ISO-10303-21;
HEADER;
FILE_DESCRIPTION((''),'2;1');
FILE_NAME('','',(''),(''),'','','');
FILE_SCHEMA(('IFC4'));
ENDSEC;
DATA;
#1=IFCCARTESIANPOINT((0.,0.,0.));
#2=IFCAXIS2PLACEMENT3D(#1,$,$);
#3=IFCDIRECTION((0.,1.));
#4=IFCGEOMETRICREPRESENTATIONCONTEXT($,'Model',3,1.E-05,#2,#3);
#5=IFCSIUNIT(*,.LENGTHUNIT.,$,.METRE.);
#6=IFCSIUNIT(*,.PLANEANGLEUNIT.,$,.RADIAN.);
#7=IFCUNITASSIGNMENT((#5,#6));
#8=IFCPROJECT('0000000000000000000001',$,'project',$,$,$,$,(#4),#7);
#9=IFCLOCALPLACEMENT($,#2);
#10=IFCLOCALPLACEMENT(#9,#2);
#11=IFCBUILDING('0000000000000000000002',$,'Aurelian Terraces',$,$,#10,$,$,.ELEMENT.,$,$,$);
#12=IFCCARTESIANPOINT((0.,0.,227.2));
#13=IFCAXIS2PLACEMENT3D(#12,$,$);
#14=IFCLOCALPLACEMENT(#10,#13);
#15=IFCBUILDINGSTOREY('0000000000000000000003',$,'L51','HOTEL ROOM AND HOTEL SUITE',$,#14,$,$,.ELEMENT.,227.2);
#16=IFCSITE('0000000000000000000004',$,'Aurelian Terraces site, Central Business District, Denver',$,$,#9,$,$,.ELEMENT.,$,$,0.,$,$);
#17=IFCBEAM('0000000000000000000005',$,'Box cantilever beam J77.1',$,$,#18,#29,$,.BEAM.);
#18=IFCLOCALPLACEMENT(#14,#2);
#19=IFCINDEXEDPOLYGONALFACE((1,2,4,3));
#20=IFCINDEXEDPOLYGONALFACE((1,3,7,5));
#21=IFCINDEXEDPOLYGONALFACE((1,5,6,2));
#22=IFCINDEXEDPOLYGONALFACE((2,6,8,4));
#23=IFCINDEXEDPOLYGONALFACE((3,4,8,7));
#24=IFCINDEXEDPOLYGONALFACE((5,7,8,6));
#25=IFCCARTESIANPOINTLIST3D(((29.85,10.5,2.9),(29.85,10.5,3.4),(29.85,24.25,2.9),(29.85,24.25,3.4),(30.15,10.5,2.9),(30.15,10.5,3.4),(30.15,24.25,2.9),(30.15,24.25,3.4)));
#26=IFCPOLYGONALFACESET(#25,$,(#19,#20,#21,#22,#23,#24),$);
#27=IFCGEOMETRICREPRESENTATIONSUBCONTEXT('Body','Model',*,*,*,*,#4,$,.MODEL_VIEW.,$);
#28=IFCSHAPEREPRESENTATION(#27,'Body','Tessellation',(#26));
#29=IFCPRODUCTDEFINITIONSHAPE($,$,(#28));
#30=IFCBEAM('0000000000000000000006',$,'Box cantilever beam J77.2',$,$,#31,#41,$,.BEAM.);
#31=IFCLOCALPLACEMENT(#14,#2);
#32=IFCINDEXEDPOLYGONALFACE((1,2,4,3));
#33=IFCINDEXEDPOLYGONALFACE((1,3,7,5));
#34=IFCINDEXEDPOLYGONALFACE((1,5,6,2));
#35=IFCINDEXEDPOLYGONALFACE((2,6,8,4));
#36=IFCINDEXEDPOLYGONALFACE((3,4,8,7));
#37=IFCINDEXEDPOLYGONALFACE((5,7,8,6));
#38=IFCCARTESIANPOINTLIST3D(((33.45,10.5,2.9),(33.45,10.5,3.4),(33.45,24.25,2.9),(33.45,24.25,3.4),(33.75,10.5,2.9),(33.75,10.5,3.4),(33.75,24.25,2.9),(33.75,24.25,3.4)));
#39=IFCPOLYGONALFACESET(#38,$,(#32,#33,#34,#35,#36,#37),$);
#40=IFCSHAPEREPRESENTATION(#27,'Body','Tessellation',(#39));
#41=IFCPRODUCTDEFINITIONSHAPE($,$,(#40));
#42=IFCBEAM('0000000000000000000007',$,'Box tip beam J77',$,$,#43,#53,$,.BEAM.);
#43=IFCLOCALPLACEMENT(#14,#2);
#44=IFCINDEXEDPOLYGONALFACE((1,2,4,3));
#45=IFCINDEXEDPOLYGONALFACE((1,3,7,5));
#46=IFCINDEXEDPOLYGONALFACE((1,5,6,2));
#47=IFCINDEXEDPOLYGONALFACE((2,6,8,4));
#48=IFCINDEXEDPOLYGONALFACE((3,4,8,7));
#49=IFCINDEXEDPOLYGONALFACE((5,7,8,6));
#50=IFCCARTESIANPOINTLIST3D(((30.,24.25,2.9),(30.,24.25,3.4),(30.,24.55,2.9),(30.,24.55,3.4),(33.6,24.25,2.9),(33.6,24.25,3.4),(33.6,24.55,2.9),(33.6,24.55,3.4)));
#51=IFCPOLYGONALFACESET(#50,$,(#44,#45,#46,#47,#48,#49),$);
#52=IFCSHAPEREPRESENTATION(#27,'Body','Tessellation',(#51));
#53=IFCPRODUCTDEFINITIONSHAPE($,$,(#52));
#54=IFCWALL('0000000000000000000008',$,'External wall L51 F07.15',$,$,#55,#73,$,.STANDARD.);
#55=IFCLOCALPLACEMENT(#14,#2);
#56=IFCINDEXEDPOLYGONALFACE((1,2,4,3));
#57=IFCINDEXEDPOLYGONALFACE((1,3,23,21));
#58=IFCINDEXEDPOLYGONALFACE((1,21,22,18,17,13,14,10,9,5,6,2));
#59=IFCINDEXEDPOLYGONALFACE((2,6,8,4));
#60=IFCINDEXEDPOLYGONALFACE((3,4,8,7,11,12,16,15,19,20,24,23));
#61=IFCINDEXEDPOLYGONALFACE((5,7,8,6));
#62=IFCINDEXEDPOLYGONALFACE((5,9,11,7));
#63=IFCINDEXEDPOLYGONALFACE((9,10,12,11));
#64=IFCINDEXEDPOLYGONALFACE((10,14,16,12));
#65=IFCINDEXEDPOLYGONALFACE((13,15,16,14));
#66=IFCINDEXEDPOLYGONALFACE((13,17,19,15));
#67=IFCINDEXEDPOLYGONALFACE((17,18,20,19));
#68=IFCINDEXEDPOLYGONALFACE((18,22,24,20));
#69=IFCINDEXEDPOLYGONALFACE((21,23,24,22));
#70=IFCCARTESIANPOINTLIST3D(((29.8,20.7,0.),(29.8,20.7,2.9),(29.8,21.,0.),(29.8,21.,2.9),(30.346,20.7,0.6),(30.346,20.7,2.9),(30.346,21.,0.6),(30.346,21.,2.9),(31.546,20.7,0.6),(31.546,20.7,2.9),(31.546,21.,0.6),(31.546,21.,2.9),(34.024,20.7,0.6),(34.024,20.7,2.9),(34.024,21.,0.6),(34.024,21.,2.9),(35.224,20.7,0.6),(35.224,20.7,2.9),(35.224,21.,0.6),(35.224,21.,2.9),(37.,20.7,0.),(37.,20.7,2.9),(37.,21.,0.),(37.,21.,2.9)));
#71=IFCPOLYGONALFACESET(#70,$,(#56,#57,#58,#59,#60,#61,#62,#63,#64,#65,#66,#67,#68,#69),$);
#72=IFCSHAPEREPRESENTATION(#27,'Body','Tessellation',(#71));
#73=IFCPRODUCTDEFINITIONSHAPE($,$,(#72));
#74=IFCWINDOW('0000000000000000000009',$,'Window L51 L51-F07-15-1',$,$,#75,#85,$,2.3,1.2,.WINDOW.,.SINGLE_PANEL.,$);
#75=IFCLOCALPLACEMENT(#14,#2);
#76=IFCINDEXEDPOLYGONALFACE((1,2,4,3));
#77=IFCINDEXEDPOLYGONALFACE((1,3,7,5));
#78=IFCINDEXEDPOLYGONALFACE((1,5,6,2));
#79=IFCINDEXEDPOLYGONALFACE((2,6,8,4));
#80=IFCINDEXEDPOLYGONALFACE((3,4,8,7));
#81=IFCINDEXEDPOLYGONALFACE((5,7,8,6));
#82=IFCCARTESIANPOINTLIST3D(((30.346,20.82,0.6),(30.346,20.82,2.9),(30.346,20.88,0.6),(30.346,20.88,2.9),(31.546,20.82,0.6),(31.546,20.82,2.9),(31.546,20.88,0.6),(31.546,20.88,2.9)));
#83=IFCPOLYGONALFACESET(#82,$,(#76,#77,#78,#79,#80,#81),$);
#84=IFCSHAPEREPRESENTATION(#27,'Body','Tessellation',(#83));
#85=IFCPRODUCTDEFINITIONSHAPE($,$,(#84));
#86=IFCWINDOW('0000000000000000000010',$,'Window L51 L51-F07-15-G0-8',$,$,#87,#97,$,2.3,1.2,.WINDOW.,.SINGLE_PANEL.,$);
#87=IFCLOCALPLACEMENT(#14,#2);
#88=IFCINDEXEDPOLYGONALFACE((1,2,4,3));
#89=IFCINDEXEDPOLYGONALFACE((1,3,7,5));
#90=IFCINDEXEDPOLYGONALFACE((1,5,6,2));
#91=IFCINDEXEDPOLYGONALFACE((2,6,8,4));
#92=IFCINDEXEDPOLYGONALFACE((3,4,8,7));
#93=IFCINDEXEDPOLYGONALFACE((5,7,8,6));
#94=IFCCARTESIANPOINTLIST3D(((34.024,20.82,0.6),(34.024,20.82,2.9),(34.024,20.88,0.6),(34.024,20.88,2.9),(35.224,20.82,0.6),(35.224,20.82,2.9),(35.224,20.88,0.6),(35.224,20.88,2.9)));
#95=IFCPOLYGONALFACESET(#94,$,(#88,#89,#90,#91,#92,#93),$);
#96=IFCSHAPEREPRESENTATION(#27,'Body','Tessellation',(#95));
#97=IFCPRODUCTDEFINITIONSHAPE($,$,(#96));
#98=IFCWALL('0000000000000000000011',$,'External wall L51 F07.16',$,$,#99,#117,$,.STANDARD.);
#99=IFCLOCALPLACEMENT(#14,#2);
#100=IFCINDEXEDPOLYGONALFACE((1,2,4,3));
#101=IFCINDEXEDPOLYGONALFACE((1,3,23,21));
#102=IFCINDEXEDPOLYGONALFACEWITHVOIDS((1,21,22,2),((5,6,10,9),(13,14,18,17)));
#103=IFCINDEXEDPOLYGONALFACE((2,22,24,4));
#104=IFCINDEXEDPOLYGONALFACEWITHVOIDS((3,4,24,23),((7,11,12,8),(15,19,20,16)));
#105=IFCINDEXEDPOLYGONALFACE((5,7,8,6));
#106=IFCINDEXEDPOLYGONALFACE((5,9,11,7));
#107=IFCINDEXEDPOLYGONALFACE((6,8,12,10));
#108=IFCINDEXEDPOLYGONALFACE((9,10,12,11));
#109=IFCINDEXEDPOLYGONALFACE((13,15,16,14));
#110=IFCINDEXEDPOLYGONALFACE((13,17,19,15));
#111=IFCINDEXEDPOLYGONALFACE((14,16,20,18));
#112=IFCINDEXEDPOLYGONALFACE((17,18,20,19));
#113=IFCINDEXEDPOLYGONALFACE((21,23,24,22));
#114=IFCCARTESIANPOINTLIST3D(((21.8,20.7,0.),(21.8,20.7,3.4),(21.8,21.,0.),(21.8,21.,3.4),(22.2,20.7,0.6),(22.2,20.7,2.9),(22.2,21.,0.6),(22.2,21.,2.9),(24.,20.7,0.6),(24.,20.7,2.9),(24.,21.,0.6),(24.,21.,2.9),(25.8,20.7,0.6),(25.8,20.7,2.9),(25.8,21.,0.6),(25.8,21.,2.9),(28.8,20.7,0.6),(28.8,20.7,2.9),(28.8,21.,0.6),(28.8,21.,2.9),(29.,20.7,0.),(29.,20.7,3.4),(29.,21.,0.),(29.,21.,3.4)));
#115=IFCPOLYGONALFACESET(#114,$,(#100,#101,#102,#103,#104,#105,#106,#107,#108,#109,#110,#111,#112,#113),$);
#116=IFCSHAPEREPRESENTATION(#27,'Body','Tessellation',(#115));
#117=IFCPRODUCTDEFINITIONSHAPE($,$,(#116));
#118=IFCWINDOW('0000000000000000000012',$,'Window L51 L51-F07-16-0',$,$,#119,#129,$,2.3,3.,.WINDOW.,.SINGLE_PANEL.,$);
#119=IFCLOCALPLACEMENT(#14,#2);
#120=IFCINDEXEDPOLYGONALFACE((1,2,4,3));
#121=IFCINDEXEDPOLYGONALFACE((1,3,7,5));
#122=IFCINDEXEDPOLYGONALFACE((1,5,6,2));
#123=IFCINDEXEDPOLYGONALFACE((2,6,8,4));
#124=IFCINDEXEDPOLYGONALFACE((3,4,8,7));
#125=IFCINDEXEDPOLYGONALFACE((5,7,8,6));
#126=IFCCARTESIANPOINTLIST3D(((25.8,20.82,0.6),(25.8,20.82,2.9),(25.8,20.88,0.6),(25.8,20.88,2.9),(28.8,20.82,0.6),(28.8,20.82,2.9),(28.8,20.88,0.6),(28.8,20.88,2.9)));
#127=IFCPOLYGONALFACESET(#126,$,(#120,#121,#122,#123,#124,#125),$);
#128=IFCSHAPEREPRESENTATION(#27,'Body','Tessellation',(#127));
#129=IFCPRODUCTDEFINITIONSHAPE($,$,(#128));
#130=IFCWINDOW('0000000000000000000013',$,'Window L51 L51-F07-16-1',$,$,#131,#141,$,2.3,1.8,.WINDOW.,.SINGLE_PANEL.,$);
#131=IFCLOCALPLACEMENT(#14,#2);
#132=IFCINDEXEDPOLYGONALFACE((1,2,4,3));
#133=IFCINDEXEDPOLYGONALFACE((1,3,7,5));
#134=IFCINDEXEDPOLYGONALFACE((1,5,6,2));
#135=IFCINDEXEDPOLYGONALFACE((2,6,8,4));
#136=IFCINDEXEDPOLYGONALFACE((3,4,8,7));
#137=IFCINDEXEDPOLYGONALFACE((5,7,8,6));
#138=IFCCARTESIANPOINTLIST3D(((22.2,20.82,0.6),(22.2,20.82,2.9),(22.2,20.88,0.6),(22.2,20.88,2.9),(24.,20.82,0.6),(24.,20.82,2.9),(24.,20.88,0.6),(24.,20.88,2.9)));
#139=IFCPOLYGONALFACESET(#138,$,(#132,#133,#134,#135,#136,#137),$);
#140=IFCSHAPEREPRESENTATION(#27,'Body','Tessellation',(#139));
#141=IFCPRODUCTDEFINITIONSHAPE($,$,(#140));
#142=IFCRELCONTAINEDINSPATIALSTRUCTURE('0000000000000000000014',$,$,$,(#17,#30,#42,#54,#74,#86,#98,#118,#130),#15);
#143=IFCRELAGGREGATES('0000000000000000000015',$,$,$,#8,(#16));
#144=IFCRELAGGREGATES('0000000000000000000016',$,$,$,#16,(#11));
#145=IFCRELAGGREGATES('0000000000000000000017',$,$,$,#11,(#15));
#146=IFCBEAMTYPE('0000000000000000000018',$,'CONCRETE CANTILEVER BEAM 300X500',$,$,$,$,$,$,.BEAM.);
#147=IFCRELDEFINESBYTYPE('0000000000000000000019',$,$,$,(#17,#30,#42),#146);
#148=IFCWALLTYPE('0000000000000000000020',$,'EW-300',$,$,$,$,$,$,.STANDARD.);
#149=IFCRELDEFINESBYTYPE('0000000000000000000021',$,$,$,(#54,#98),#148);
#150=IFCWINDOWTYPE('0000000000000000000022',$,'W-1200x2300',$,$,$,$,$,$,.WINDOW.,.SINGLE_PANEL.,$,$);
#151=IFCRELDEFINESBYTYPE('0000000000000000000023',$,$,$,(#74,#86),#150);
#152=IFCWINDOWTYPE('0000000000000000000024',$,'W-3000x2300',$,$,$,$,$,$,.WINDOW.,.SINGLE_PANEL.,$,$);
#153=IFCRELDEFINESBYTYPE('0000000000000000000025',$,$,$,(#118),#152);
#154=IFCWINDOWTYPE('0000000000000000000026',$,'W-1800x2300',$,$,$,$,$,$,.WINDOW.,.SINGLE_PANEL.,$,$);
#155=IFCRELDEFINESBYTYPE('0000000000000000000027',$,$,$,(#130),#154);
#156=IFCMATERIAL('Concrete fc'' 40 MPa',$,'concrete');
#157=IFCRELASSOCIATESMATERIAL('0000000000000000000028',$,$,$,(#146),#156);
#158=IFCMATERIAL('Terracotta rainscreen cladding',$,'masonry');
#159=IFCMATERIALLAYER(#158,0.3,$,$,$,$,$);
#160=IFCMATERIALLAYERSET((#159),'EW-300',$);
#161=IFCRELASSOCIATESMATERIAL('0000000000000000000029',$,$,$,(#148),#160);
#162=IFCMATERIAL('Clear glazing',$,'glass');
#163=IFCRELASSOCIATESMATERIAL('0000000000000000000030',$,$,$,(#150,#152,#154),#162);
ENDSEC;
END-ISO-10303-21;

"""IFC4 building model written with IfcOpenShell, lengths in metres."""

from ifc_helpers import new_model, si_unit, direction, frame, frame_2d, origin, origin_2d, place, context, subcontext, project, spatial, rectangle, extrude, source, transform, mapped, material, layer, layer_set, material_profile, profile_set, type_object, element, fill, save


model = new_model("IFC4")

# Units and contexts
model_context = context("Model", 3, precision=1e-05, world=origin(), true_north=direction((0.0, 1.0)))
body_context = subcontext(model_context, "Body", "Model", "MODEL_VIEW")
ifc_project = project(units=[si_unit("LENGTHUNIT", "METRE"), si_unit("PLANEANGLEUNIT", "RADIAN")], contexts=[model_context])

# Site, building, storey
site_placement = place(None, origin())
site = spatial("IfcSite", under=ifc_project, at=site_placement, Name="Aurelian Terraces site, Central Business District, Denver", CompositionType="ELEMENT", RefElevation=0.0)
building_placement = place(site_placement, origin())
building = spatial("IfcBuilding", under=site, at=building_placement, Name="Aurelian Terraces", CompositionType="ELEMENT")
storey_placement = place(building_placement, frame((0.0, 0.0, 227.2)))
storey = spatial("IfcBuildingStorey", under=building, at=storey_placement, Name="L51", Description="HOTEL ROOM AND HOTEL SUITE", CompositionType="ELEMENT", Elevation=227.2)

# Beams
ifc_material_1 = material(Name="Concrete fc' 40 MPa", Category="concrete")
ifc_material_profile = material_profile(ifc_material_1, rectangle(XDim=0.3, YDim=0.5, at=origin_2d()))
ifc_profile_set = profile_set([ifc_material_profile], Name="Concrete fc' 40 MPa")
beam_type = type_object("IfcBeamType", Name="CONCRETE CANTILEVER BEAM 300X500", PredefinedType="BEAM", material=ifc_profile_set)
shared_shape_1 = source(origin(), body_context, "Body", "SweptSolid", [
    extrude(rectangle(XDim=0.3, YDim=0.5, at=origin_2d()), origin(), (0.0, 0.0, 1.0), 13.75),
])
for number, where, z_axis, x_axis, name in (
    (1, (30.0, 24.25, 3.15), (0.0, -1.0, 0.0), (1.0, 0.0, 0.0), "Box cantilever beam J77.1"),
    (2, (33.6, 24.25, 3.15), (0.0, -1.0, 0.0), (1.0, 0.0, 0.0), "Box cantilever beam J77.2"),
):
    element("IfcBeam", number, at=place(storey_placement, frame(where, z_axis=z_axis, x_axis=x_axis)), inside=storey, type_object=beam_type, Name=name, PredefinedType="BEAM", context=body_context, shape_type="MappedRepresentation", body=[
        mapped(shared_shape_1, transform((0.0, 0.0, 0.0), scale=1.0)),
    ])
shared_shape_2 = source(origin(), body_context, "Body", "SweptSolid", [
    extrude(rectangle(XDim=0.3, YDim=0.5, at=origin_2d()), origin(), (0.0, 0.0, 1.0), 3.6),
])
beam_placement = place(storey_placement, frame((30.0, 24.4, 3.15), z_axis=(1.0, 0.0, 0.0), x_axis=(0.0, 1.0, 0.0)))
element("IfcBeam", 3, at=beam_placement, inside=storey, type_object=beam_type, Name="Box tip beam J77", PredefinedType="BEAM", context=body_context, shape_type="MappedRepresentation", body=[
    mapped(shared_shape_2, transform((0.0, 0.0, 0.0), scale=1.0)),
])

# Walls, openings, windows
ifc_material_2 = material(Name="Terracotta rainscreen cladding", Category="masonry")
ifc_layer_1 = layer(ifc_material_2, 0.3)
ifc_layer_set_1 = layer_set([ifc_layer_1], Name="EW-300")
wall_type_1 = type_object("IfcWallType", Name="EW-300", PredefinedType="STANDARD", material=ifc_layer_set_1)
wall_1_placement = place(storey_placement, frame((37.0, 20.85, 0.0), z_axis=(0.0, 0.0, 1.0), x_axis=(-1.0, 0.0, 0.0)))
wall_1 = element("IfcWall", 4, at=wall_1_placement, inside=storey, type_object=wall_type_1, Name="External wall L51 F07.15", PredefinedType="STANDARD", context=body_context, shape_type="SweptSolid", body=[
    extrude(rectangle(XDim=7.2, YDim=0.3, at=frame_2d((3.6, 0.0))), origin(), (0.0, 0.0, 1.0), 2.9),
])
shared_shape_3 = source(origin(), body_context, "Body", "SweptSolid", [
    extrude(rectangle(XDim=1.2, YDim=2.3, at=frame_2d((0.6, 1.15))), frame((0.0, 0.16, 0.0), z_axis=(0.0, -1.0, 0.0), x_axis=(1.0, 0.0, 0.0)), (0.0, 0.0, 1.0), 0.32),
])
opening_1_placement = place(wall_1_placement, frame((5.454, 0.0, 0.6)))
opening_1 = element("IfcOpeningElement", 5, at=opening_1_placement, cuts=wall_1, PredefinedType="OPENING", context=body_context, shape_type="MappedRepresentation", body=[
    mapped(shared_shape_3, transform((0.0, 0.0, 0.0), scale=1.0)),
])
opening_2_placement = place(wall_1_placement, frame((1.776, 0.0, 0.6)))
opening_2 = element("IfcOpeningElement", 6, at=opening_2_placement, cuts=wall_1, PredefinedType="OPENING", context=body_context, shape_type="MappedRepresentation", body=[
    mapped(shared_shape_3, transform((0.0, 0.0, 0.0), scale=1.0)),
])
ifc_material_3 = material(Name="Clear glazing", Category="glass")
window_type_1 = type_object("IfcWindowType", Name="W-1200x2300", PartitioningType="SINGLE_PANEL", PredefinedType="WINDOW", material=ifc_material_3)
shared_shape_4 = source(origin(), body_context, "Body", "SweptSolid", [
    extrude(rectangle(XDim=1.2, YDim=2.3, at=frame_2d((0.6, 1.15))), frame((0.0, 0.03, 0.0), z_axis=(0.0, -1.0, 0.0), x_axis=(1.0, 0.0, 0.0)), (0.0, 0.0, 1.0), 0.06),
])
window_1_placement = place(opening_1_placement, origin())
window_1 = element("IfcWindow", 7, at=window_1_placement, inside=storey, type_object=window_type_1, Name="Window L51 L51-F07-15-1", OverallHeight=2.3, OverallWidth=1.2, PartitioningType="SINGLE_PANEL", PredefinedType="WINDOW", context=body_context, shape_type="MappedRepresentation", body=[
    mapped(shared_shape_4, transform((0.0, 0.0, 0.0), scale=1.0)),
])
fill(opening_1, window_1)
window_2_placement = place(opening_2_placement, origin())
window_2 = element("IfcWindow", 8, at=window_2_placement, inside=storey, type_object=window_type_1, Name="Window L51 L51-F07-15-G0-8", OverallHeight=2.3, OverallWidth=1.2, PartitioningType="SINGLE_PANEL", PredefinedType="WINDOW", context=body_context, shape_type="MappedRepresentation", body=[
    mapped(shared_shape_4, transform((0.0, 0.0, 0.0), scale=1.0)),
])
fill(opening_2, window_2)
wall_2_placement = place(storey_placement, frame((29.0, 20.85, 0.0), z_axis=(0.0, 0.0, 1.0), x_axis=(-1.0, 0.0, 0.0)))
wall_2 = element("IfcWall", 9, at=wall_2_placement, inside=storey, type_object=wall_type_1, Name="External wall L51 F07.16", PredefinedType="STANDARD", context=body_context, shape_type="SweptSolid", body=[
    extrude(rectangle(XDim=7.2, YDim=0.3, at=frame_2d((3.6, 0.0))), origin(), (0.0, 0.0, 1.0), 3.4),
])
shared_shape_5 = source(origin(), body_context, "Body", "SweptSolid", [
    extrude(rectangle(XDim=3.0, YDim=2.3, at=frame_2d((1.5, 1.15))), frame((0.0, 0.16, 0.0), z_axis=(0.0, -1.0, 0.0), x_axis=(1.0, 0.0, 0.0)), (0.0, 0.0, 1.0), 0.32),
])
opening_3_placement = place(wall_2_placement, frame((0.2, 0.0, 0.6)))
opening_3 = element("IfcOpeningElement", 10, at=opening_3_placement, cuts=wall_2, PredefinedType="OPENING", context=body_context, shape_type="MappedRepresentation", body=[
    mapped(shared_shape_5, transform((0.0, 0.0, 0.0), scale=1.0)),
])
shared_shape_6 = source(origin(), body_context, "Body", "SweptSolid", [
    extrude(rectangle(XDim=1.8, YDim=2.3, at=frame_2d((0.9, 1.15))), frame((0.0, 0.16, 0.0), z_axis=(0.0, -1.0, 0.0), x_axis=(1.0, 0.0, 0.0)), (0.0, 0.0, 1.0), 0.32),
])
opening_4_placement = place(wall_2_placement, frame((5.0, 0.0, 0.6)))
opening_4 = element("IfcOpeningElement", 11, at=opening_4_placement, cuts=wall_2, PredefinedType="OPENING", context=body_context, shape_type="MappedRepresentation", body=[
    mapped(shared_shape_6, transform((0.0, 0.0, 0.0), scale=1.0)),
])
window_type_2 = type_object("IfcWindowType", Name="W-3000x2300", PartitioningType="SINGLE_PANEL", PredefinedType="WINDOW", material=ifc_material_3)
shared_shape_7 = source(origin(), body_context, "Body", "SweptSolid", [
    extrude(rectangle(XDim=3.0, YDim=2.3, at=frame_2d((1.5, 1.15))), frame((0.0, 0.03, 0.0), z_axis=(0.0, -1.0, 0.0), x_axis=(1.0, 0.0, 0.0)), (0.0, 0.0, 1.0), 0.06),
])
window_3_placement = place(opening_3_placement, origin())
window_3 = element("IfcWindow", 12, at=window_3_placement, inside=storey, type_object=window_type_2, Name="Window L51 L51-F07-16-0", OverallHeight=2.3, OverallWidth=3.0, PartitioningType="SINGLE_PANEL", PredefinedType="WINDOW", context=body_context, shape_type="MappedRepresentation", body=[
    mapped(shared_shape_7, transform((0.0, 0.0, 0.0), scale=1.0)),
])
fill(opening_3, window_3)
window_type_3 = type_object("IfcWindowType", Name="W-1800x2300", PartitioningType="SINGLE_PANEL", PredefinedType="WINDOW", material=ifc_material_3)
shared_shape_8 = source(origin(), body_context, "Body", "SweptSolid", [
    extrude(rectangle(XDim=1.8, YDim=2.3, at=frame_2d((0.9, 1.15))), frame((0.0, 0.03, 0.0), z_axis=(0.0, -1.0, 0.0), x_axis=(1.0, 0.0, 0.0)), (0.0, 0.0, 1.0), 0.06),
])
window_4_placement = place(opening_4_placement, origin())
window_4 = element("IfcWindow", 13, at=window_4_placement, inside=storey, type_object=window_type_3, Name="Window L51 L51-F07-16-1", OverallHeight=2.3, OverallWidth=1.8, PartitioningType="SINGLE_PANEL", PredefinedType="WINDOW", context=body_context, shape_type="MappedRepresentation", body=[
    mapped(shared_shape_8, transform((0.0, 0.0, 0.0), scale=1.0)),
])
fill(opening_4, window_4)

save(model, "model.ifc")
